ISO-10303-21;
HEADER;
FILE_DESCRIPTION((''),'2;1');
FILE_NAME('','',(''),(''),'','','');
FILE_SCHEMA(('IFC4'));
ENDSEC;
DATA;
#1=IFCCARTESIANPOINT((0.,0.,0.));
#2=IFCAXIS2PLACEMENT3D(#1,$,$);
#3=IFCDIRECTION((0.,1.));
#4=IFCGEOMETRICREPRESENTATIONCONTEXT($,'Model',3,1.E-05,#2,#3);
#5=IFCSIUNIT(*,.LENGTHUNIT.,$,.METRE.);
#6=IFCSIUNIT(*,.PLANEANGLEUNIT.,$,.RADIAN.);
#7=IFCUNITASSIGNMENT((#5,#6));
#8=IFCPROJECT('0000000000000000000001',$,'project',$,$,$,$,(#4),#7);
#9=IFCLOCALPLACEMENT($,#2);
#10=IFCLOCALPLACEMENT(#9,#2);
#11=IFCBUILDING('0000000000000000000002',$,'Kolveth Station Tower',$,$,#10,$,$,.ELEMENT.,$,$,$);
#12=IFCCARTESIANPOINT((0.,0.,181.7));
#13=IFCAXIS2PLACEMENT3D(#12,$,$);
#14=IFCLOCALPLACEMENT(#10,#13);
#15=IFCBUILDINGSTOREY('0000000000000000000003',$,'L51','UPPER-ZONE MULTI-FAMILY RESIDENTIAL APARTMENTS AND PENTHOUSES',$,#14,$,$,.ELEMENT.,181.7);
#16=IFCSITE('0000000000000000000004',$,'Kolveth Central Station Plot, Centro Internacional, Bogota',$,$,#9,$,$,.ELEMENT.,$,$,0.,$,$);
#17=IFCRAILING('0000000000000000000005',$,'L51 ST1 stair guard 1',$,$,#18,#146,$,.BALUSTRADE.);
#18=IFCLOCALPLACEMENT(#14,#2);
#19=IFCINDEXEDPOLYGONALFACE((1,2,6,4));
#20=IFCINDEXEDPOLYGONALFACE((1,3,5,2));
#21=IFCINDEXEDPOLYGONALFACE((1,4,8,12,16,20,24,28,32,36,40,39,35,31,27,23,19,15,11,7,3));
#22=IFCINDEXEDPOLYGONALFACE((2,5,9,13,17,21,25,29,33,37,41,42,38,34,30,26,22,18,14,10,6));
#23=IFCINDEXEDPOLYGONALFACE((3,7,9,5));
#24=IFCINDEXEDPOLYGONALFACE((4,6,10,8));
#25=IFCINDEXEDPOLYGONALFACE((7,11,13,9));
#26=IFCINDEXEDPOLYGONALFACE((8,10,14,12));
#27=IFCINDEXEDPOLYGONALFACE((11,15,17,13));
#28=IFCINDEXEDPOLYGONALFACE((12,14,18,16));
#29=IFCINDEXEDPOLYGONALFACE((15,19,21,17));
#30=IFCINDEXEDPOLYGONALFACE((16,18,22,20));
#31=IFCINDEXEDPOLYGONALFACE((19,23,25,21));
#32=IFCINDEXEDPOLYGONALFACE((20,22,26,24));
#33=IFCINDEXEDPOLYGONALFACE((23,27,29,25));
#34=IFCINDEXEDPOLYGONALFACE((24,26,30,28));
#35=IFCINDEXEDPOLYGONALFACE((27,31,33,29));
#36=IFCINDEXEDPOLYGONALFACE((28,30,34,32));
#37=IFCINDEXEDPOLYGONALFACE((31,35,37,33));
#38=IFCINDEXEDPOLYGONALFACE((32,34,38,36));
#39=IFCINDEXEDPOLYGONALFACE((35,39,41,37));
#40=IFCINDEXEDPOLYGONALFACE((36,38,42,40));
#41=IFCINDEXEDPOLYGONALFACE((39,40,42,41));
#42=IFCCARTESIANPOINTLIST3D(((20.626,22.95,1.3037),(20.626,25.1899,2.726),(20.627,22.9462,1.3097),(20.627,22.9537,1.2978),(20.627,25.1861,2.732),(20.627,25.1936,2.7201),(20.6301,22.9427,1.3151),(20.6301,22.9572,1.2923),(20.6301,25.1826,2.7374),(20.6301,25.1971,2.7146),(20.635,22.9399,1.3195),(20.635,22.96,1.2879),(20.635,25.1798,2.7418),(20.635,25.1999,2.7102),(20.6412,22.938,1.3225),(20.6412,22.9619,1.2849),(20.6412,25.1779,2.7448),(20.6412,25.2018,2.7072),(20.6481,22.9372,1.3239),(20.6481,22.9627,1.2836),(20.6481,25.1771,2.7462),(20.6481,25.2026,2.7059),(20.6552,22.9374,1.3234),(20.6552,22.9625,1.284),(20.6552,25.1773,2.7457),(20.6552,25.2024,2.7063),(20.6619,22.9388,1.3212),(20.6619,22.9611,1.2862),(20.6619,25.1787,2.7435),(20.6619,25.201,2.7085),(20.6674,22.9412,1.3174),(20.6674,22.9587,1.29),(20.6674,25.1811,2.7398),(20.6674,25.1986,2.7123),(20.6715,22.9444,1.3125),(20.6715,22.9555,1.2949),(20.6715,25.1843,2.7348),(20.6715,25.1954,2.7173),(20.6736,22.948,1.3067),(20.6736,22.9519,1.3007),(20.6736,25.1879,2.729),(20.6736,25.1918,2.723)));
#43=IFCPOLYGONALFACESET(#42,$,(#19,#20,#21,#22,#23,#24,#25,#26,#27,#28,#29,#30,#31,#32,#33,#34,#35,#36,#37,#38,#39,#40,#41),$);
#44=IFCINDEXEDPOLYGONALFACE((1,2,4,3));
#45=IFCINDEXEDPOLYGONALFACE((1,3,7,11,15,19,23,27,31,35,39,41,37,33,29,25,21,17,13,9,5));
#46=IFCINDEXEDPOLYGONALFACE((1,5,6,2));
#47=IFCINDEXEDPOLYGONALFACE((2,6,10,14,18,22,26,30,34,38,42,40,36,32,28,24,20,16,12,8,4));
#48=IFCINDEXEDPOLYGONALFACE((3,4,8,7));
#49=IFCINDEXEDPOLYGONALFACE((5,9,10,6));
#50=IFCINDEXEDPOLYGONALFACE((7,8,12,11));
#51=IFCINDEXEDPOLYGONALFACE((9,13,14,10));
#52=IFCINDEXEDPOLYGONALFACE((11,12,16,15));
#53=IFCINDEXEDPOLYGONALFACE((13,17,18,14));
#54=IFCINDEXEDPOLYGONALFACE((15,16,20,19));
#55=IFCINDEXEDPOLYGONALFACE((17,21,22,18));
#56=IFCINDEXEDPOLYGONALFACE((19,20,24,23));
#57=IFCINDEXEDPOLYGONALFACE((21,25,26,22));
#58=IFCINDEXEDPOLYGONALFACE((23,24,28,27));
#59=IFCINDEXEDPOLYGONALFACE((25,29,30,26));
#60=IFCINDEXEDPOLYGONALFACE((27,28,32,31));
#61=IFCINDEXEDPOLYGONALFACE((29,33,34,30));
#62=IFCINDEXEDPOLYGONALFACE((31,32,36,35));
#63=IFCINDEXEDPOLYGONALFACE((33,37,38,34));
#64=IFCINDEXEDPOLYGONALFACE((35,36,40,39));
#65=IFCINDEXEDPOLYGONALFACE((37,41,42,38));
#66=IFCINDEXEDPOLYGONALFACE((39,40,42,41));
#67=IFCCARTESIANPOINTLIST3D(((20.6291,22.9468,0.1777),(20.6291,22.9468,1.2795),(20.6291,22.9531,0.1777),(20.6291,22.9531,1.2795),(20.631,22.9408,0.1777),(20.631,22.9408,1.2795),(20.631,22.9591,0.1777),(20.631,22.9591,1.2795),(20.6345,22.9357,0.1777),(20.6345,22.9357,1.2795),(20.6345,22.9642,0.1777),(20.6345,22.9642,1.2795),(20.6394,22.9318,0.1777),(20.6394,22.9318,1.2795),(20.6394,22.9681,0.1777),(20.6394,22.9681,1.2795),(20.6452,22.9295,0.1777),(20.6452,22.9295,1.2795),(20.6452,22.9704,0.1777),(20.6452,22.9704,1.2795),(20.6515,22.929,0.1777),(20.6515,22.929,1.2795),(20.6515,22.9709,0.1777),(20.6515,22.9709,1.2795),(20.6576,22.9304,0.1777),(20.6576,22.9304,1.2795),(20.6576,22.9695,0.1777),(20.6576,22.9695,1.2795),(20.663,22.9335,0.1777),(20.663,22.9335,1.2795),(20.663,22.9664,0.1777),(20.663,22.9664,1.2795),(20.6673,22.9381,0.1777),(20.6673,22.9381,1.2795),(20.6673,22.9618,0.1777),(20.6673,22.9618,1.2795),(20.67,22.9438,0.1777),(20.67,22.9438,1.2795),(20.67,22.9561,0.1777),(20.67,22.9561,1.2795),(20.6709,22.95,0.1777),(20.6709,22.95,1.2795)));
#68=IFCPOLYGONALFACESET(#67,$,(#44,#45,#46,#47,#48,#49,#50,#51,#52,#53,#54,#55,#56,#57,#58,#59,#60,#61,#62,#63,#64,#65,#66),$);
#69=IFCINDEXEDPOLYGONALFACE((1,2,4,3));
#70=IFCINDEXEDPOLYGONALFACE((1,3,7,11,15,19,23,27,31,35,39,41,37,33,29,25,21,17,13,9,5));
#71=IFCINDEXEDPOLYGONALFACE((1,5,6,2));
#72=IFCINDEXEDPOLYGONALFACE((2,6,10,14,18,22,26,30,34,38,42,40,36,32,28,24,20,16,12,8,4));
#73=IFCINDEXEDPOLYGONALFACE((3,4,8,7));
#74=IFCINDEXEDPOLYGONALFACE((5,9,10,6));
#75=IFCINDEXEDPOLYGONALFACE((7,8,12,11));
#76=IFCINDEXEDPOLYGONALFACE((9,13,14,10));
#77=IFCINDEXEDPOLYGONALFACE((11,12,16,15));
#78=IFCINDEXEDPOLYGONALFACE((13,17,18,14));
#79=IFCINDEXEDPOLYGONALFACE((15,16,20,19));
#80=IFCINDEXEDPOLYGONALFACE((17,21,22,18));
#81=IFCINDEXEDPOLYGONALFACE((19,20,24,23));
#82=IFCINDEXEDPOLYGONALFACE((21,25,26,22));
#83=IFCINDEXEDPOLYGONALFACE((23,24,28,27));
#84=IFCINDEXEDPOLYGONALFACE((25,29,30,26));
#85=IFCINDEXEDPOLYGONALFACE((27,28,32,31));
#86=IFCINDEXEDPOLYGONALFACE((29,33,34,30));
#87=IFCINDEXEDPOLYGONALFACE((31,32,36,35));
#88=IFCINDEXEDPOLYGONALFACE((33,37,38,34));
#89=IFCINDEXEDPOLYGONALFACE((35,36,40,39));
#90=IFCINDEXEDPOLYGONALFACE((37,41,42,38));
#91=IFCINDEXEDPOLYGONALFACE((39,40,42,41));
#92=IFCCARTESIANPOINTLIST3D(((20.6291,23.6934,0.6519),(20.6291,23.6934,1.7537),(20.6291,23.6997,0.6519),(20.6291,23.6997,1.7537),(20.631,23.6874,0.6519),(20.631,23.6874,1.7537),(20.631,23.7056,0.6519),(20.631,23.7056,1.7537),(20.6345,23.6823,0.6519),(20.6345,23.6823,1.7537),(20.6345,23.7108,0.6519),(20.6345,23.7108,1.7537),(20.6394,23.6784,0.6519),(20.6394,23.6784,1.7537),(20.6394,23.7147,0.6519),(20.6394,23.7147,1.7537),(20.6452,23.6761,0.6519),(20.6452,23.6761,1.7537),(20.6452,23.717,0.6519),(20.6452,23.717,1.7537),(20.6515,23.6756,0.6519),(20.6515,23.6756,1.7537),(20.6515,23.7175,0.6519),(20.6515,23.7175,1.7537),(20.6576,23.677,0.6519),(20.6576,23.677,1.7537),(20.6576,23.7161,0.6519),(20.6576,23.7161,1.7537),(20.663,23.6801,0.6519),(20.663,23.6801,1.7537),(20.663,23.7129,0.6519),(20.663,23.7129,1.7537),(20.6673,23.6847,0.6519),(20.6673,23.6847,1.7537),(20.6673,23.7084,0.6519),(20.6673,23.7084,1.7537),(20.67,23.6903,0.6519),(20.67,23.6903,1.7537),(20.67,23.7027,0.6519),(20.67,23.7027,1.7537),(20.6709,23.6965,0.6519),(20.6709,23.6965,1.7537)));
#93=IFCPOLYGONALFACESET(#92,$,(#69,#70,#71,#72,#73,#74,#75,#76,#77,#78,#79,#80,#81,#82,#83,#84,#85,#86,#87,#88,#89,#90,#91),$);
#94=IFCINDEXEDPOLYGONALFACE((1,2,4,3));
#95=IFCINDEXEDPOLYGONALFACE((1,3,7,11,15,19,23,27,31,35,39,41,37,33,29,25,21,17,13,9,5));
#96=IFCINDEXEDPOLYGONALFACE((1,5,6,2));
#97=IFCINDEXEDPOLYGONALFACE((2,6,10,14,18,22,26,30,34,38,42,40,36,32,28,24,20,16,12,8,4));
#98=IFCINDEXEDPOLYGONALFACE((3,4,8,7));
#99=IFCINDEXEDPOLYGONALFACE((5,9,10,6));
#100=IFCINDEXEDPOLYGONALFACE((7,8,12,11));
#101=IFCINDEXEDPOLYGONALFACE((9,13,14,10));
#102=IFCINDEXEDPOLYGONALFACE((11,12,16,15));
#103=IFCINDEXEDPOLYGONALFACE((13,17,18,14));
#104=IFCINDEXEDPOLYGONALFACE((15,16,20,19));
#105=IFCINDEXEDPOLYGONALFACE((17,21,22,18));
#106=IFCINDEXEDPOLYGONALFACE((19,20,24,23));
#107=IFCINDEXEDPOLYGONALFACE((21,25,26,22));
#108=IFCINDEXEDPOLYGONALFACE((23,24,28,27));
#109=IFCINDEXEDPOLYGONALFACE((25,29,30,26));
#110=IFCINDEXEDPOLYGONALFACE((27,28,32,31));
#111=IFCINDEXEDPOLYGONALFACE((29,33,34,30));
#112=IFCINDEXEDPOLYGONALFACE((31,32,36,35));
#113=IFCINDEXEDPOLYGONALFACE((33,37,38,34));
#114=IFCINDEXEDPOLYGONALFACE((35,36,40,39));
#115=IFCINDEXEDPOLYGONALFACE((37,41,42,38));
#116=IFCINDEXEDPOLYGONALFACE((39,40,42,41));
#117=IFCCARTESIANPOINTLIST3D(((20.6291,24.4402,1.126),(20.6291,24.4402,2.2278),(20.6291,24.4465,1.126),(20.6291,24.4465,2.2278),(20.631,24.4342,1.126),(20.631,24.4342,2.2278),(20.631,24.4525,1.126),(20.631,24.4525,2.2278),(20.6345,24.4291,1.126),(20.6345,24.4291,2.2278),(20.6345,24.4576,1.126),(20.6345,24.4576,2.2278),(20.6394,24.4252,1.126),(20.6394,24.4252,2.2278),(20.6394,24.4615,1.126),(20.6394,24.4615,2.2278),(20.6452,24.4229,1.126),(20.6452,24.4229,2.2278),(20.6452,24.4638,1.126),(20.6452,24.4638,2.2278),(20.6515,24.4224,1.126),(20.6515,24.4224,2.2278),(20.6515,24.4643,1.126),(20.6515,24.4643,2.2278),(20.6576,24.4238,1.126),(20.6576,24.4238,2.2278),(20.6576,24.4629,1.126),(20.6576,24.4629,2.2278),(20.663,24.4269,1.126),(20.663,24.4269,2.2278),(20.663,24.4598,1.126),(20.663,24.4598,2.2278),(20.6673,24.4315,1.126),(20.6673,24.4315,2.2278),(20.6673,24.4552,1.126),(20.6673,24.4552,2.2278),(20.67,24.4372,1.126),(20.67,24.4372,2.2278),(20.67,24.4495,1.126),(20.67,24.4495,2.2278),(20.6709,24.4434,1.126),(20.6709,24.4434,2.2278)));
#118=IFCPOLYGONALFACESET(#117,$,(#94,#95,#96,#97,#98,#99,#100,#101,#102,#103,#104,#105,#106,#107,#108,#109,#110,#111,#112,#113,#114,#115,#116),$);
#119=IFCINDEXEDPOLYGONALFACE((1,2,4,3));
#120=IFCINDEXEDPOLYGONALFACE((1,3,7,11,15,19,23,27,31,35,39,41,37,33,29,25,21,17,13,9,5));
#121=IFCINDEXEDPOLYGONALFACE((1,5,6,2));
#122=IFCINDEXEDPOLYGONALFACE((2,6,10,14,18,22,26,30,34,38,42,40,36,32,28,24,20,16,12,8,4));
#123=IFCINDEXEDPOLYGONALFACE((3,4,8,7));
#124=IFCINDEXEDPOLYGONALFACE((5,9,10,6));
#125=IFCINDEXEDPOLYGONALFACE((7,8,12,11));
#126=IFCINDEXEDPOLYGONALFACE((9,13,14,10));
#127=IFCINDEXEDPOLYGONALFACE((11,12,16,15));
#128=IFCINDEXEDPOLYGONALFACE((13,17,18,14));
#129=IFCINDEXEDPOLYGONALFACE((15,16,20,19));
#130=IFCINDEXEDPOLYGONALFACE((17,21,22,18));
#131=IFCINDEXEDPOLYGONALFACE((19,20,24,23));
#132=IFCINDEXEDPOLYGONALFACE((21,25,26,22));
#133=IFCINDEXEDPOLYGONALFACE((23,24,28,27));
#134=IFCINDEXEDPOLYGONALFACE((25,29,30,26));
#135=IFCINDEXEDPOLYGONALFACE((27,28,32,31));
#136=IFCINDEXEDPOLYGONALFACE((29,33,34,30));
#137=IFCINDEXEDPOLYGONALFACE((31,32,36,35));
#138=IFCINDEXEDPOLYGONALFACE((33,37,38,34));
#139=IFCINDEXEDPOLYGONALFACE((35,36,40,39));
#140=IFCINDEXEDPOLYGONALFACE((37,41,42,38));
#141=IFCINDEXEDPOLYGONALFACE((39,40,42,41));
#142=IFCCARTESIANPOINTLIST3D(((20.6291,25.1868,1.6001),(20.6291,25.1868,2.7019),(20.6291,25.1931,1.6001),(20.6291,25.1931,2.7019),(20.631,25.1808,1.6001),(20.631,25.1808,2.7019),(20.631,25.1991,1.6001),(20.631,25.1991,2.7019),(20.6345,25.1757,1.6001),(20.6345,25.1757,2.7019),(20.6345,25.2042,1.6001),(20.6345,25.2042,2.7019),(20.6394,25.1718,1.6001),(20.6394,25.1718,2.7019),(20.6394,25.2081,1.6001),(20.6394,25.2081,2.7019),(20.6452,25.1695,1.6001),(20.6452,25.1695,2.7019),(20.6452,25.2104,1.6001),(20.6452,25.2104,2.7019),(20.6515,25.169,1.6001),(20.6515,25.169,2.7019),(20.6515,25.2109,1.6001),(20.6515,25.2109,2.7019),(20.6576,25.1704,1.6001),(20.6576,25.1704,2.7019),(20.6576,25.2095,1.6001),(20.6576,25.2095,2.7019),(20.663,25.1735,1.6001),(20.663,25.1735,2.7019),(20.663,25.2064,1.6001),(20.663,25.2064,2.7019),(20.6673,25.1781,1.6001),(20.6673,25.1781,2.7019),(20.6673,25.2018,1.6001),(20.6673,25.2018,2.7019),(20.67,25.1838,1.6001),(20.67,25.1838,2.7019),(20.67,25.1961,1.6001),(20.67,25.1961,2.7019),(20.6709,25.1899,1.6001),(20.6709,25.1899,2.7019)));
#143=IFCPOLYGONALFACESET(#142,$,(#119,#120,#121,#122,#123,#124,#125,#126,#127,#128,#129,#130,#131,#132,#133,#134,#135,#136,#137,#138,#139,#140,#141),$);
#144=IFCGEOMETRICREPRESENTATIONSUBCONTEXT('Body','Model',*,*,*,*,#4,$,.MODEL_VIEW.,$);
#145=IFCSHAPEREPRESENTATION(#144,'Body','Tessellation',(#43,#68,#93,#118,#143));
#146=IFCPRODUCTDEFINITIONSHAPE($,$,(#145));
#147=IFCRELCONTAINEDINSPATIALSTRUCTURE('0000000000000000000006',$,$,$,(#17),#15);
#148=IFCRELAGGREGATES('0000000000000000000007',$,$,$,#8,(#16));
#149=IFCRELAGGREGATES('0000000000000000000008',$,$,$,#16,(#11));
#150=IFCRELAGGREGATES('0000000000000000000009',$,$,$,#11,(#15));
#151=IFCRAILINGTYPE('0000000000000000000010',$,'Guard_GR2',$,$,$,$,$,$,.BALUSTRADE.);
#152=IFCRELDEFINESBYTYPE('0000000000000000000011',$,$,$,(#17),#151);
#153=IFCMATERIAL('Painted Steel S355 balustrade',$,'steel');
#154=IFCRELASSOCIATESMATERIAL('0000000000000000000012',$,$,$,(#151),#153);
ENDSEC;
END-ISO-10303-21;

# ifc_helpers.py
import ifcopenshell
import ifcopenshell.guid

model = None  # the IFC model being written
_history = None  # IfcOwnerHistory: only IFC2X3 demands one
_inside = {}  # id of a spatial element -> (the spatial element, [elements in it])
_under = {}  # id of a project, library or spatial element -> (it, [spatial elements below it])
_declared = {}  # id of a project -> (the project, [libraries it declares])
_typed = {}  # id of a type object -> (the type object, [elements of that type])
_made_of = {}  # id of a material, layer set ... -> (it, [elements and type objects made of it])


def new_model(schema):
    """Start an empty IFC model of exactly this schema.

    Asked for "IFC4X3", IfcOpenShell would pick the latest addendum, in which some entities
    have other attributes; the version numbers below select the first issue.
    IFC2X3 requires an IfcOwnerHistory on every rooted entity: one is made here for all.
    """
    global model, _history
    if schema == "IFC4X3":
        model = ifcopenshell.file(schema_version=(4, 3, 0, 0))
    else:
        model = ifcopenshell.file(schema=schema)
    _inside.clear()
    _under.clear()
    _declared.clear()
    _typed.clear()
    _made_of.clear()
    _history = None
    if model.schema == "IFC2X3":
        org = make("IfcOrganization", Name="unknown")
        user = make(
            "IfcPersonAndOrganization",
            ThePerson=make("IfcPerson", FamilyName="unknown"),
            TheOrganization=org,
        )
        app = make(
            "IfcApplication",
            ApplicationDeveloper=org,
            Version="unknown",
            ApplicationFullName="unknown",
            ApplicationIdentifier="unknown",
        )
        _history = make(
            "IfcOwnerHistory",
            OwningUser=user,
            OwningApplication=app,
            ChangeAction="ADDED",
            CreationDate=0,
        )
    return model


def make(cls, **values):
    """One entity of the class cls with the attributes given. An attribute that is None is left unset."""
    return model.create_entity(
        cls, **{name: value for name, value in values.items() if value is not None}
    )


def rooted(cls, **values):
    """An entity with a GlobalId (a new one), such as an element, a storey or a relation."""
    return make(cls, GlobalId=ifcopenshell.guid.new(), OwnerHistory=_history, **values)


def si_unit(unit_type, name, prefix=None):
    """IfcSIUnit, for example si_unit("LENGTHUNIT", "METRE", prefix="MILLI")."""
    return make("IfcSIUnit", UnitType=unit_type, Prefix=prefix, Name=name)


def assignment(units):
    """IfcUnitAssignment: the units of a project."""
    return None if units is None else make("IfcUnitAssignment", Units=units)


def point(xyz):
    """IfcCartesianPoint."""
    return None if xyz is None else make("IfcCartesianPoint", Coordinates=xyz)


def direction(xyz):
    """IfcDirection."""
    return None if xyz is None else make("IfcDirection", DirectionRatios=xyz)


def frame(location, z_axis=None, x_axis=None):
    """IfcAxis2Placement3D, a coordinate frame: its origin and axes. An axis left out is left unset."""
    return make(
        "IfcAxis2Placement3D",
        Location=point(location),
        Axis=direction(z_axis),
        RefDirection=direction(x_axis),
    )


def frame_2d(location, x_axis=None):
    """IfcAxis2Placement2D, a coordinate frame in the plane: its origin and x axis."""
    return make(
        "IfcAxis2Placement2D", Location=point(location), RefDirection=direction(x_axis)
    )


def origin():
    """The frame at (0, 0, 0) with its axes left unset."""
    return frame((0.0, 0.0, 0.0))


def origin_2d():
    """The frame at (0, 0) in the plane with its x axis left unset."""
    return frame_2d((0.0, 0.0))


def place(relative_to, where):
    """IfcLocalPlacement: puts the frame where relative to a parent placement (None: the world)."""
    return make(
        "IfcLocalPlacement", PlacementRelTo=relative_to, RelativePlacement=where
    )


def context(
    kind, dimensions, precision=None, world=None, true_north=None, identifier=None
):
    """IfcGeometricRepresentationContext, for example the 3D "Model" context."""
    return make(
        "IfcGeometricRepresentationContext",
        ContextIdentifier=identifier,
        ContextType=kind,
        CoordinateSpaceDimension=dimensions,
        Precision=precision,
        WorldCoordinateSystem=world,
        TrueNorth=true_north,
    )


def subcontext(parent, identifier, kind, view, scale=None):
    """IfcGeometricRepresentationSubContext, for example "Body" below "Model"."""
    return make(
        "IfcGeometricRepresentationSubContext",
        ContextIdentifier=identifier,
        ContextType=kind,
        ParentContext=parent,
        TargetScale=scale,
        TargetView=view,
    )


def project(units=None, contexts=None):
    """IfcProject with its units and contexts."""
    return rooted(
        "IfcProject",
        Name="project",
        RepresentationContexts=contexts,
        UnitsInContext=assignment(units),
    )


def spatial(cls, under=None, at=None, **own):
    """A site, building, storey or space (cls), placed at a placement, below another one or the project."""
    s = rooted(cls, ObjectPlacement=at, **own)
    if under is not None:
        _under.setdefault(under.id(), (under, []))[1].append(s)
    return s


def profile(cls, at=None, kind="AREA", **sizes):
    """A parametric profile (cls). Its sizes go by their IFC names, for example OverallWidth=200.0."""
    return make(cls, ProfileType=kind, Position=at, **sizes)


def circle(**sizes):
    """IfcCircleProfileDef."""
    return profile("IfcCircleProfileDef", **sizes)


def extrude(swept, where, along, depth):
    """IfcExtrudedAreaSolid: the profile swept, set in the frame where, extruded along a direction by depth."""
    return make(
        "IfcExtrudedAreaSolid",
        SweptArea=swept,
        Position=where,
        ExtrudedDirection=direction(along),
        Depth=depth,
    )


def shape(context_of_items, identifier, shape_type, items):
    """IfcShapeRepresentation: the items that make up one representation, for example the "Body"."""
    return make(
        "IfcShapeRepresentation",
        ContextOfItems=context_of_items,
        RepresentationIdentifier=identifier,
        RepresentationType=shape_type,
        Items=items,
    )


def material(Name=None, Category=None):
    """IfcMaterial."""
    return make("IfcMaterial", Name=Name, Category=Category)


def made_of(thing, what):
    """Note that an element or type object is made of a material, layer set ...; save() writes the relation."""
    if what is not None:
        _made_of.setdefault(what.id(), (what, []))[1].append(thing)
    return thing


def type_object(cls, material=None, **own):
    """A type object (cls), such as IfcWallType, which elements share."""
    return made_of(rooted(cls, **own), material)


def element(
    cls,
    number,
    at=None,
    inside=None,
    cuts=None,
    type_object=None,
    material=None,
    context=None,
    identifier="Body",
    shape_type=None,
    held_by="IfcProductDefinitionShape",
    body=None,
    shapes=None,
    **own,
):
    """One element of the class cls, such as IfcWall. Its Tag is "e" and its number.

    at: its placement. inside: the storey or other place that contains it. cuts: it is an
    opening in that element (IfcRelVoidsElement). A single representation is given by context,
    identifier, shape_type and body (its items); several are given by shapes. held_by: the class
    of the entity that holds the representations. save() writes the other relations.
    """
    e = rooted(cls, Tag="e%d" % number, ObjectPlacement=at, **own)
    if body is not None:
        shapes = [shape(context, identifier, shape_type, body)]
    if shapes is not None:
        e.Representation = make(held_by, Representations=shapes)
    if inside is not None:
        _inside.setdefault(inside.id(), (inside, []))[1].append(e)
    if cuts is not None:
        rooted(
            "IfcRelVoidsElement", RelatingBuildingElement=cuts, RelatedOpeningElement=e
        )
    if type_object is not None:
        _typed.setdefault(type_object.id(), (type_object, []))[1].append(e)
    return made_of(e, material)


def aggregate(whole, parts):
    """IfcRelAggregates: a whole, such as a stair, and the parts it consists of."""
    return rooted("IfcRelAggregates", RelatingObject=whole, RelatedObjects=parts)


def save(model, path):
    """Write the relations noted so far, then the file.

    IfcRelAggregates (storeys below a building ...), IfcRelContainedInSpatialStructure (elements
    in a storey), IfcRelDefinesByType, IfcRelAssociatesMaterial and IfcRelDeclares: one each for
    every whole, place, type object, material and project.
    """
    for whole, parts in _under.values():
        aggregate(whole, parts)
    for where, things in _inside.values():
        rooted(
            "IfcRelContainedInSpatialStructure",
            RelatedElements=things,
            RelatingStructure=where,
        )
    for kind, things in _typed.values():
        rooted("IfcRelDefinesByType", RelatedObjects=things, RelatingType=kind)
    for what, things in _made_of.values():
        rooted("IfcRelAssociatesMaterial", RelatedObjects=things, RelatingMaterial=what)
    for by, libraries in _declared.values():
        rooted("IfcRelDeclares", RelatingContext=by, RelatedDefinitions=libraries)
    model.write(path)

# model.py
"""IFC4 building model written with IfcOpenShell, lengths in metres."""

from ifc_helpers import new_model, si_unit, direction, frame, origin, origin_2d, place, context, subcontext, project, spatial, circle, extrude, material, type_object, element, save


model = new_model("IFC4")

# Units and contexts
model_context = context("Model", 3, precision=1e-05, world=origin(), true_north=direction((0.0, 1.0)))
body_context = subcontext(model_context, "Body", "Model", "MODEL_VIEW")
ifc_project = project(units=[si_unit("LENGTHUNIT", "METRE"), si_unit("PLANEANGLEUNIT", "RADIAN")], contexts=[model_context])

# Site, building, storey
site_placement = place(None, origin())
site = spatial("IfcSite", under=ifc_project, at=site_placement, Name="Kolveth Central Station Plot, Centro Internacional, Bogota", CompositionType="ELEMENT", RefElevation=0.0)
building_placement = place(site_placement, origin())
building = spatial("IfcBuilding", under=site, at=building_placement, Name="Kolveth Station Tower", CompositionType="ELEMENT")
storey_placement = place(building_placement, frame((0.0, 0.0, 181.7)))
storey = spatial("IfcBuildingStorey", under=building, at=storey_placement, Name="L51", Description="UPPER-ZONE MULTI-FAMILY RESIDENTIAL APARTMENTS AND PENTHOUSES", CompositionType="ELEMENT", Elevation=181.7)

# Railing
ifc_material_1 = material(Name="Painted Steel S355 balustrade", Category="steel")
railing_type_1 = type_object("IfcRailingType", Name="Guard_GR2", PredefinedType="BALUSTRADE", material=ifc_material_1)
railing_1_placement = place(storey_placement, frame((20.6499, 22.95, 0.1777)))
element("IfcRailing", 1, at=railing_1_placement, inside=storey, type_object=railing_type_1, Name="L51 ST1 stair guard 1", PredefinedType="BALUSTRADE", context=body_context, shape_type="SweptSolid", body=[
    extrude(circle(Radius=0.0239, at=origin_2d()), frame((0.0, 0.0, 1.126), z_axis=(0.0, 0.844188, 0.536048), x_axis=(-1.0, 0.0, 0.0)), (0.0, 0.0, 1.0), 2.6533),
    extrude(circle(Radius=0.021, at=origin_2d()), origin(), (0.0, 0.0, 1.0), 1.1018),
    extrude(circle(Radius=0.021, at=origin_2d()), frame((0.0, 0.7466, 0.4741)), (0.0, 0.0, 1.0), 1.1018),
    extrude(circle(Radius=0.021, at=origin_2d()), frame((0.0, 1.4934, 0.9482)), (0.0, 0.0, 1.0), 1.1018),
    extrude(circle(Radius=0.021, at=origin_2d()), frame((0.0, 2.24, 1.4224)), (0.0, 0.0, 1.0), 1.1018),
])

save(model, "model.ifc")
